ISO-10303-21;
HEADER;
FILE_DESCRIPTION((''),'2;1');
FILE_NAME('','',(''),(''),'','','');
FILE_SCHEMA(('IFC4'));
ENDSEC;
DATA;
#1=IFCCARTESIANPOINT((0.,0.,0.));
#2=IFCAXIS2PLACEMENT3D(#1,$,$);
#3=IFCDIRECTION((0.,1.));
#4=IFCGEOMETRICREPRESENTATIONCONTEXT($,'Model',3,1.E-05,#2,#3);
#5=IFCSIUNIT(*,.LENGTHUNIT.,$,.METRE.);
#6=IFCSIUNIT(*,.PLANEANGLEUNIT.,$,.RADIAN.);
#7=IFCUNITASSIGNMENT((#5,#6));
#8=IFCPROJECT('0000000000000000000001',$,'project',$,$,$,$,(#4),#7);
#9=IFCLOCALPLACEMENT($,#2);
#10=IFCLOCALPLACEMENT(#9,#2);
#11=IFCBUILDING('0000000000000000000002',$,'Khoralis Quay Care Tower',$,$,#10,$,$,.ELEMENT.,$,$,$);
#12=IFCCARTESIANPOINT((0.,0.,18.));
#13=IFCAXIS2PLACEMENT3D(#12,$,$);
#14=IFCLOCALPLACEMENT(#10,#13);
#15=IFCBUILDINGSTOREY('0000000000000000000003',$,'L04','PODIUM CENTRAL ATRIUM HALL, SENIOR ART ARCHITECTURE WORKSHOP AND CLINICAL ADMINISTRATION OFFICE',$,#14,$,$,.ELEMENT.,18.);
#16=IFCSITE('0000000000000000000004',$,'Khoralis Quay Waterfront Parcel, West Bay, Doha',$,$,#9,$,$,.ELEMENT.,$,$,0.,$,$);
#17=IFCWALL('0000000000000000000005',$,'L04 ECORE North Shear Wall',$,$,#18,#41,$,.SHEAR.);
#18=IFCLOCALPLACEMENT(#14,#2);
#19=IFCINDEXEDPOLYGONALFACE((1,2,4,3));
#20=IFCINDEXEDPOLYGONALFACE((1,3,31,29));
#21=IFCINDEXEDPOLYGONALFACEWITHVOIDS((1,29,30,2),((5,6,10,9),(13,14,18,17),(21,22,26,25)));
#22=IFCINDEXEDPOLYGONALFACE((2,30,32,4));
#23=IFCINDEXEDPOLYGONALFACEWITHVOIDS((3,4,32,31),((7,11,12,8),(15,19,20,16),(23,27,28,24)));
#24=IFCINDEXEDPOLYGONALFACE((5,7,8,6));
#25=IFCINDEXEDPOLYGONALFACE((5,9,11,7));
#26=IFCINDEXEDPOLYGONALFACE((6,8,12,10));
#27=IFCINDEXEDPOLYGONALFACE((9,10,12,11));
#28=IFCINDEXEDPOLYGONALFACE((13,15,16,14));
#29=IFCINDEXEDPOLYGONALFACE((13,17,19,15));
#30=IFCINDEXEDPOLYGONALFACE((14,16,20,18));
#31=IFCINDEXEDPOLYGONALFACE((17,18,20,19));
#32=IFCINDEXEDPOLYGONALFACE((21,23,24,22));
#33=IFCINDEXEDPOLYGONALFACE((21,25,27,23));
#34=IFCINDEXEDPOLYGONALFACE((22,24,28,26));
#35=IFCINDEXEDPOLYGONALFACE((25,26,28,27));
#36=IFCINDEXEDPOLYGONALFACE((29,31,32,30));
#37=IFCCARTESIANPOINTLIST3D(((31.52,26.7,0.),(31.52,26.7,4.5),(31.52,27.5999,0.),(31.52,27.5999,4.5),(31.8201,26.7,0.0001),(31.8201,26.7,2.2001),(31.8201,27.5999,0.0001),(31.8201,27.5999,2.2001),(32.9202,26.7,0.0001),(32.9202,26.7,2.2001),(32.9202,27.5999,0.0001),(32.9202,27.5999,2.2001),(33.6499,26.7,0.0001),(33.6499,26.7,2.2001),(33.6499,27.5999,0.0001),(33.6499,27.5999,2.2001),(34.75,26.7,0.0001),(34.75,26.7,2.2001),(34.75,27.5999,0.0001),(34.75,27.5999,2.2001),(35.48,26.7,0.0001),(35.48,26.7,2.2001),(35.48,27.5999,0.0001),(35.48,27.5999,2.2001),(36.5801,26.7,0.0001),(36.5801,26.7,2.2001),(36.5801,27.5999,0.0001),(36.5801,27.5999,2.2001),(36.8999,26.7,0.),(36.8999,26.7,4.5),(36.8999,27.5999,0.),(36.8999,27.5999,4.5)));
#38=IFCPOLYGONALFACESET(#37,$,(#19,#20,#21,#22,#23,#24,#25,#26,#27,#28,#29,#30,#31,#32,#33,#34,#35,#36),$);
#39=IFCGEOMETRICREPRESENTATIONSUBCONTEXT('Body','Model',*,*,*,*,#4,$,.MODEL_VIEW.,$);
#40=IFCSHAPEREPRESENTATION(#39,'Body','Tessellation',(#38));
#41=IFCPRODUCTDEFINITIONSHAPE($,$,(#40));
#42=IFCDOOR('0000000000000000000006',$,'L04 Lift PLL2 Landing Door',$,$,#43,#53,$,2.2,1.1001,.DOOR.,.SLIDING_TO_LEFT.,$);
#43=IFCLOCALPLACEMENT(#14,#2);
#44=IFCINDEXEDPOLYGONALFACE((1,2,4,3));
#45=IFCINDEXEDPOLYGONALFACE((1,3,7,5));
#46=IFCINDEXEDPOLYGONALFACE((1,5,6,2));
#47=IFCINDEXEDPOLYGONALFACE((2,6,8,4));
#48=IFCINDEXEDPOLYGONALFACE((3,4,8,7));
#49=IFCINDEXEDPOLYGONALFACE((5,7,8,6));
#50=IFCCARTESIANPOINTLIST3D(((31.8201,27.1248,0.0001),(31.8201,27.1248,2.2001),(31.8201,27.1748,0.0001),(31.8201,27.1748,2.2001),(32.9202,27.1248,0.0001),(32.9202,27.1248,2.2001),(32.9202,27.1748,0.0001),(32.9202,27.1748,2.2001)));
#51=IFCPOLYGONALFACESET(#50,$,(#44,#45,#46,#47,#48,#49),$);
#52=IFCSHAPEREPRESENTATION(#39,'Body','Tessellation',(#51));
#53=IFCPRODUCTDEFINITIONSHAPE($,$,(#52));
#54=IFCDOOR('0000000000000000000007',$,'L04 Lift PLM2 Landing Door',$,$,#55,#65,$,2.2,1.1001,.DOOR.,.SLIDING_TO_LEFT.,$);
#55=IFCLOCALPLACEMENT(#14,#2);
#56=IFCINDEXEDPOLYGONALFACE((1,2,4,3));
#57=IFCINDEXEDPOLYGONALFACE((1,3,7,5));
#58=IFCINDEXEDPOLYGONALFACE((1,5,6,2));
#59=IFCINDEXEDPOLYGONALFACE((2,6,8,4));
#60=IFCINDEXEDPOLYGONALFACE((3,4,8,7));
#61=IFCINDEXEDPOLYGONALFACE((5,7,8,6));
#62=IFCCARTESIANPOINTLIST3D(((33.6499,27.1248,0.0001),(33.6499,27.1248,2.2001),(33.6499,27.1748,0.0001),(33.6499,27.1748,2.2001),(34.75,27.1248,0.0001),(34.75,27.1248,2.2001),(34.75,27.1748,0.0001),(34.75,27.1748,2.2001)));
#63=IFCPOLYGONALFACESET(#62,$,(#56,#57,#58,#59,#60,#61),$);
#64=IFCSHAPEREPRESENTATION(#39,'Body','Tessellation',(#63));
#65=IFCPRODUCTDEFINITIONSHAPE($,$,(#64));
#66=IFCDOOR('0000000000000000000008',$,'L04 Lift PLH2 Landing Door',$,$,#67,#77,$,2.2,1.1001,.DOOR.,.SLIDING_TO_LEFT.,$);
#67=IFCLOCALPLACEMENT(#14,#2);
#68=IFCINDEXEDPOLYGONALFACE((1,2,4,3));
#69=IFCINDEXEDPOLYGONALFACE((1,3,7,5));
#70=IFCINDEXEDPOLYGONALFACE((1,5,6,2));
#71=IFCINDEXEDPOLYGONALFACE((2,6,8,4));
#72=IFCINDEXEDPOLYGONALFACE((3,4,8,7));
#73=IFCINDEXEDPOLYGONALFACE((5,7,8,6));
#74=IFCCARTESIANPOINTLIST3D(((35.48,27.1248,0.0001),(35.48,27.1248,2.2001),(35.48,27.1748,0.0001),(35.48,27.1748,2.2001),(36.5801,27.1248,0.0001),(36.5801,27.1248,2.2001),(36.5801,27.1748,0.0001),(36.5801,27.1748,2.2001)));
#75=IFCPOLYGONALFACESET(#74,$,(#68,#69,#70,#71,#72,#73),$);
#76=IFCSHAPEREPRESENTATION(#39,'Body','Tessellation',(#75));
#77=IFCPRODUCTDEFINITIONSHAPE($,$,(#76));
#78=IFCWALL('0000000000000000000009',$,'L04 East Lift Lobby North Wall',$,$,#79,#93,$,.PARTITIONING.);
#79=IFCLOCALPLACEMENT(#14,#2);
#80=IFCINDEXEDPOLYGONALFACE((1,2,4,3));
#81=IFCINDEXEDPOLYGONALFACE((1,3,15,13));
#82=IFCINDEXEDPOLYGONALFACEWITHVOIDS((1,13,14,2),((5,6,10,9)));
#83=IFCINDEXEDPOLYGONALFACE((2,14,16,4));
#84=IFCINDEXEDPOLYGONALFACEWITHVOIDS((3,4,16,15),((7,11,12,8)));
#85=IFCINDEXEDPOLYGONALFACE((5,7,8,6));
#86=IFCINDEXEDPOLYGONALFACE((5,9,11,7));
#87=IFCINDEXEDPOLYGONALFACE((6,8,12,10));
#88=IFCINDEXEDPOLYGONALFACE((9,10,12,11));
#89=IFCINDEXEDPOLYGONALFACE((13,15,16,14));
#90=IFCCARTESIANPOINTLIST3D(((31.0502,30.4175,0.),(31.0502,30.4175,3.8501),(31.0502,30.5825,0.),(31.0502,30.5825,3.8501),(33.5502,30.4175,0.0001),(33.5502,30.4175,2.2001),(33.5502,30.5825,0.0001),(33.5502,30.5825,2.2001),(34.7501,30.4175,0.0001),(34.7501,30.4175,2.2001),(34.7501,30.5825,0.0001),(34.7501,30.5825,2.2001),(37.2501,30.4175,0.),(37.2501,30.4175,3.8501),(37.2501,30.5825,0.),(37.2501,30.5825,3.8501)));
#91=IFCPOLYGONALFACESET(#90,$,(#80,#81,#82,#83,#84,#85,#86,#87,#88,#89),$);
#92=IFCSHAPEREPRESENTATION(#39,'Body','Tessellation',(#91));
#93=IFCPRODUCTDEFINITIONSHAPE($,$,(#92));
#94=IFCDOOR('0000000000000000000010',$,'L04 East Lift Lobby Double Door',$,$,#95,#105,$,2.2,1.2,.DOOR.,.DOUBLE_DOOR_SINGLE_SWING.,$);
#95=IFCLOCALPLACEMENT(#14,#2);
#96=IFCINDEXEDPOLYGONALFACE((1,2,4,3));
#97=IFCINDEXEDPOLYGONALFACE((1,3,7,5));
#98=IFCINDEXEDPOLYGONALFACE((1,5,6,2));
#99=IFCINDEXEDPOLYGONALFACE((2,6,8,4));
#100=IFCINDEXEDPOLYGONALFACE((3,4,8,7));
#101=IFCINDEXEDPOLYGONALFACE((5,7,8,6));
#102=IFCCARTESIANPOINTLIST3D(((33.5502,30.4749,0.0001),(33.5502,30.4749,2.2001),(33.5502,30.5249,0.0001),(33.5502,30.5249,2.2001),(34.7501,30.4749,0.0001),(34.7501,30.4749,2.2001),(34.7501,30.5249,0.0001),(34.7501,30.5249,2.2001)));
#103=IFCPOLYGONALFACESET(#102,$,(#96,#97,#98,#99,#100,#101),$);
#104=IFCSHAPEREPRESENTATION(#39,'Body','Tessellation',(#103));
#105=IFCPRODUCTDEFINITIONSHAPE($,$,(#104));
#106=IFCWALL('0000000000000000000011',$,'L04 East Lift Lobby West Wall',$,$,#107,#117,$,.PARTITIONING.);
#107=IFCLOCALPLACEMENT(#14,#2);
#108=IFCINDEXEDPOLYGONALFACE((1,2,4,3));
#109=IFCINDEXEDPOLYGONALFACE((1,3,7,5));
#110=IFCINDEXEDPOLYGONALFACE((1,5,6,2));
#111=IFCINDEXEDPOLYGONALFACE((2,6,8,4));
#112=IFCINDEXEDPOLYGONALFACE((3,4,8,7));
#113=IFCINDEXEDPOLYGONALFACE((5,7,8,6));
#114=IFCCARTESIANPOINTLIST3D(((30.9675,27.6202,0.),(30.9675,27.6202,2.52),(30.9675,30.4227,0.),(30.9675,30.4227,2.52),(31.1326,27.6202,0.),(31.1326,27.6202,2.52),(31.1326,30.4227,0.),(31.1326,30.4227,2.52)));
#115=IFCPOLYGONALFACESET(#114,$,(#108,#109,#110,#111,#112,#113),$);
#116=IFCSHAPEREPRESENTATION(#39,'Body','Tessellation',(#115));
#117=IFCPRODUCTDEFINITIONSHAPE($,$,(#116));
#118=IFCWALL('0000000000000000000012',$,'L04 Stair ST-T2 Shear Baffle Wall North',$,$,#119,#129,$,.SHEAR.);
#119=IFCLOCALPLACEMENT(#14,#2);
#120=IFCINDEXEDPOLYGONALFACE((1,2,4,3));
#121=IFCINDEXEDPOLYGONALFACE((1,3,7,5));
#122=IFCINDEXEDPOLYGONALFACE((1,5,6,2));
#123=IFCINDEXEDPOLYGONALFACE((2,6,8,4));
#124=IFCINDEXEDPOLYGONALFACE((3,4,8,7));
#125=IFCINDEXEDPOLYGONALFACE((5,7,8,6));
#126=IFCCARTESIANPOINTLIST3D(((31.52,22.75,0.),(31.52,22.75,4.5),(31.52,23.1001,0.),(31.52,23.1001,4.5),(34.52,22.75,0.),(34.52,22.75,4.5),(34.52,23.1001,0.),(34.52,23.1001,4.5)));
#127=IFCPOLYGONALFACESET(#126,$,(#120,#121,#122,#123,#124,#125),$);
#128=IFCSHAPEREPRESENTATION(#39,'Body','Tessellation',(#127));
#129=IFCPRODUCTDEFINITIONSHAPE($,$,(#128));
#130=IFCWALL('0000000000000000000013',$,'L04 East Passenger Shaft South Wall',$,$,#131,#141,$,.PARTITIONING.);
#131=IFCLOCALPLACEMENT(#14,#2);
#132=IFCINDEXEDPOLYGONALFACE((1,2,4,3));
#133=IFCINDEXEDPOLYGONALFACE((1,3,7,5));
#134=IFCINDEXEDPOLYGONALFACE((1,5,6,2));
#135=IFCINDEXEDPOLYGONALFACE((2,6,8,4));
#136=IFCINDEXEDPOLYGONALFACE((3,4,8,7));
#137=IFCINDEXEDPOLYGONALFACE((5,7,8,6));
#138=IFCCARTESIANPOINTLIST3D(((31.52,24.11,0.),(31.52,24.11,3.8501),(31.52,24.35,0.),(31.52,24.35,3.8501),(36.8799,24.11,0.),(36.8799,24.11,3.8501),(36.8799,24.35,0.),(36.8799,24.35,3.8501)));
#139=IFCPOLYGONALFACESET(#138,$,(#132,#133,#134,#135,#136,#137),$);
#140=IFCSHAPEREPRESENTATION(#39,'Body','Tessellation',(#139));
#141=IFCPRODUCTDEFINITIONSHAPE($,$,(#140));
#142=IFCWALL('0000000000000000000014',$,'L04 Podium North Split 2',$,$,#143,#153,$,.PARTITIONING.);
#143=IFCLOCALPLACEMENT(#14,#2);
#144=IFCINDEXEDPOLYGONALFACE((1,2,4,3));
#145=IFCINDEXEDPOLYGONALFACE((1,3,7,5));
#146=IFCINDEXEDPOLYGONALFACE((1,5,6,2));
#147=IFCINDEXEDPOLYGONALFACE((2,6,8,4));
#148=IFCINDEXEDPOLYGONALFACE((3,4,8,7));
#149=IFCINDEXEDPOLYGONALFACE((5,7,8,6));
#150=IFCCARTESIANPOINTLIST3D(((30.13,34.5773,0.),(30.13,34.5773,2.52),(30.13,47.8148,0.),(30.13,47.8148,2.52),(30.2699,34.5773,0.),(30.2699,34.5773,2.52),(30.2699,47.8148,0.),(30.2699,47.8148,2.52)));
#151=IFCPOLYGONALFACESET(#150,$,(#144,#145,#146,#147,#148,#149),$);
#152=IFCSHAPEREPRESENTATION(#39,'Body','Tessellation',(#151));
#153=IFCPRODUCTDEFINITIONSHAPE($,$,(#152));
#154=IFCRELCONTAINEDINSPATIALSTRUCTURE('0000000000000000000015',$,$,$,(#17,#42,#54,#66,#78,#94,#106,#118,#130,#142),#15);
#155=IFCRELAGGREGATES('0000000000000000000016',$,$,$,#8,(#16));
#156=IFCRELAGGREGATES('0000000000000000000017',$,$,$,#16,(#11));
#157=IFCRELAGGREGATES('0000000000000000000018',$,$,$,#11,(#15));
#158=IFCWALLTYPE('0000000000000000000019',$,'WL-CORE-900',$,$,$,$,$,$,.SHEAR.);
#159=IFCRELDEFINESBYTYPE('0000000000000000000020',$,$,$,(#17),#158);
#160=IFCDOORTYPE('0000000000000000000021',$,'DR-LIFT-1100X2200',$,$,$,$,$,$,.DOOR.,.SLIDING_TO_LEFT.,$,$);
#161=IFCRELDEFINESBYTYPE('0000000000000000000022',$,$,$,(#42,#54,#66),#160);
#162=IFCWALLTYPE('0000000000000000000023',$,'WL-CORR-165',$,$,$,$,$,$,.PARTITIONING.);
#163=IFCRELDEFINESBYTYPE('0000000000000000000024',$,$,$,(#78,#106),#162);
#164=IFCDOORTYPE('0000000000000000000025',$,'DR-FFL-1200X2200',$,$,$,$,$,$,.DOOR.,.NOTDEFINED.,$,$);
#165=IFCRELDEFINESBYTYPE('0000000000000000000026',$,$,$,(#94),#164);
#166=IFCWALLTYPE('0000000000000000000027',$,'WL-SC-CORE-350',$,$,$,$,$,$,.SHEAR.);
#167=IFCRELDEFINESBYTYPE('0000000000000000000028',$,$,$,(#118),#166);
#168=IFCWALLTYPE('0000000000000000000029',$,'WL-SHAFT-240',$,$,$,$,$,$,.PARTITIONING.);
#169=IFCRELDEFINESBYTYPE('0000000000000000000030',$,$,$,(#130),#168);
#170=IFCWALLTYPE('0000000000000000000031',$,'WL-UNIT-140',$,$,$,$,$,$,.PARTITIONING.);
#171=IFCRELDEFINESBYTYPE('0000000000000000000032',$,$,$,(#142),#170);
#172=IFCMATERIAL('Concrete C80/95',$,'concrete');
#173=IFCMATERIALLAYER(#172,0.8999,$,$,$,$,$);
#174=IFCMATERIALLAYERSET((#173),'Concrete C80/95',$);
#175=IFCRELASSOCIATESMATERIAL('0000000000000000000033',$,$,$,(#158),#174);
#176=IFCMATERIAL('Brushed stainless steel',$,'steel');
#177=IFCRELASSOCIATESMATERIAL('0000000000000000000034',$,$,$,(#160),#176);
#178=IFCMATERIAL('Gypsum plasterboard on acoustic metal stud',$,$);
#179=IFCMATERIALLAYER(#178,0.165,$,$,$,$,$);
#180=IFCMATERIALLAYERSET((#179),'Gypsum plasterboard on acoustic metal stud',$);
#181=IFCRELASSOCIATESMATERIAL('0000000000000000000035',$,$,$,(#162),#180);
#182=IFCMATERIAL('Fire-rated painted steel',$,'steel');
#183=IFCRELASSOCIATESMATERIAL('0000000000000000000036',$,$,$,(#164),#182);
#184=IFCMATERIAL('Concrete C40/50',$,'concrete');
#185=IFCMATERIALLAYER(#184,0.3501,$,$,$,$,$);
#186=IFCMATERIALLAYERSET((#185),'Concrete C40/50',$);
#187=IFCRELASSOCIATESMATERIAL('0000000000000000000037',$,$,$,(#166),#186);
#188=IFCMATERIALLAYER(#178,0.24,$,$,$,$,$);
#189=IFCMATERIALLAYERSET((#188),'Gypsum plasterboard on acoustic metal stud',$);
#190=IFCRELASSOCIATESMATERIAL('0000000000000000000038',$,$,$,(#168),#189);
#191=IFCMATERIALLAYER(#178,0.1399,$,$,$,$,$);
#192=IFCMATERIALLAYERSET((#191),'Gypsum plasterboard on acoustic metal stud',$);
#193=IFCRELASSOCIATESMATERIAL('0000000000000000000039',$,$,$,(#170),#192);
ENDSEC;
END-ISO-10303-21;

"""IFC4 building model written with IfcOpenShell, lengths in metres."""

from ifc_helpers import new_model, si_unit, direction, frame, frame_2d, origin, place, context, subcontext, project, spatial, rectangle, extrude, source, transform, mapped, material, layer, layer_set, type_object, element, fill, save


model = new_model("IFC4")

# Units and contexts
model_context = context("Model", 3, precision=1e-05, world=origin(), true_north=direction((0.0, 1.0)))
body_context = subcontext(model_context, "Body", "Model", "MODEL_VIEW")
ifc_project = project(units=[si_unit("LENGTHUNIT", "METRE"), si_unit("PLANEANGLEUNIT", "RADIAN")], contexts=[model_context])

# Site, building, storey
site_placement = place(None, origin())
site = spatial("IfcSite", under=ifc_project, at=site_placement, Name="Khoralis Quay Waterfront Parcel, West Bay, Doha", CompositionType="ELEMENT", RefElevation=0.0)
building_placement = place(site_placement, origin())
building = spatial("IfcBuilding", under=site, at=building_placement, Name="Khoralis Quay Care Tower", CompositionType="ELEMENT")
storey_placement = place(building_placement, frame((0.0, 0.0, 18.0)))
storey = spatial("IfcBuildingStorey", under=building, at=storey_placement, Name="L04", Description="PODIUM CENTRAL ATRIUM HALL, SENIOR ART ARCHITECTURE WORKSHOP AND CLINICAL ADMINISTRATION OFFICE", CompositionType="ELEMENT", Elevation=18.0)

# Shared definitions
ifc_material_1 = material(Name="Concrete C80/95", Category="concrete")

# Wall, openings, doors
ifc_layer_1 = layer(ifc_material_1, 0.8999)
ifc_layer_set_1 = layer_set([ifc_layer_1], Name="Concrete C80/95")
wall_type_1 = type_object("IfcWallType", Name="WL-CORE-900", PredefinedType="SHEAR", material=ifc_layer_set_1)
wall_1_placement = place(storey_placement, frame((31.52, 27.1499, 0.0), z_axis=(0.0, 0.0, 1.0), x_axis=(1.0, 0.0, 0.0)))
wall_1 = element("IfcWall", 1, at=wall_1_placement, inside=storey, type_object=wall_type_1, Name="L04 ECORE North Shear Wall", PredefinedType="SHEAR", context=body_context, shape_type="SweptSolid", body=[
    extrude(rectangle(XDim=5.3799, YDim=0.8999, at=frame_2d((2.6899, 0.0))), origin(), (0.0, 0.0, 1.0), 4.5),
])
opening_1_placement = place(wall_1_placement, frame((0.3, 0.0, 0.0)))
opening_1 = element("IfcOpeningElement", 2, at=opening_1_placement, cuts=wall_1, PredefinedType="OPENING", context=body_context, shape_type="SweptSolid", body=[
    extrude(rectangle(XDim=1.1001, YDim=2.2, at=frame_2d((0.55, 1.1001))), frame((0.0, 0.46, 0.0), z_axis=(0.0, -1.0, 0.0), x_axis=(1.0, 0.0, 0.0)), (0.0, 0.0, 1.0), 0.9199),
])
opening_2_placement = place(wall_1_placement, frame((2.1299, 0.0, 0.0)))
opening_2 = element("IfcOpeningElement", 3, at=opening_2_placement, cuts=wall_1, PredefinedType="OPENING", context=body_context, shape_type="SweptSolid", body=[
    extrude(rectangle(XDim=1.1001, YDim=2.2, at=frame_2d((0.55, 1.1001))), frame((0.0, 0.46, 0.0), z_axis=(0.0, -1.0, 0.0), x_axis=(1.0, 0.0, 0.0)), (0.0, 0.0, 1.0), 0.9199),
])
opening_3_placement = place(wall_1_placement, frame((3.96, 0.0, 0.0)))
opening_3 = element("IfcOpeningElement", 4, at=opening_3_placement, cuts=wall_1, PredefinedType="OPENING", context=body_context, shape_type="SweptSolid", body=[
    extrude(rectangle(XDim=1.1001, YDim=2.2, at=frame_2d((0.55, 1.1001))), frame((0.0, 0.46, 0.0), z_axis=(0.0, -1.0, 0.0), x_axis=(1.0, 0.0, 0.0)), (0.0, 0.0, 1.0), 0.9199),
])
ifc_material_2 = material(Name="Brushed stainless steel", Category="steel")
door_type_1 = type_object("IfcDoorType", Name="DR-LIFT-1100X2200", OperationType="SLIDING_TO_LEFT", PredefinedType="DOOR", material=ifc_material_2)
shared_shape_1 = source(origin(), body_context, "Body", "SweptSolid", [
    extrude(rectangle(XDim=1.1001, YDim=2.2, at=frame_2d((0.55, 1.1001))), frame((0.0, 0.0249, 0.0), z_axis=(0.0, -1.0, 0.0), x_axis=(1.0, 0.0, 0.0)), (0.0, 0.0, 1.0), 0.05),
])
door_1_placement = place(opening_1_placement, origin())
door_1 = element("IfcDoor", 5, at=door_1_placement, inside=storey, type_object=door_type_1, Name="L04 Lift PLL2 Landing Door", OperationType="SLIDING_TO_LEFT", OverallHeight=2.2, OverallWidth=1.1001, PredefinedType="DOOR", context=body_context, shape_type="MappedRepresentation", body=[
    mapped(shared_shape_1, transform((0.0, 0.0, 0.0), scale=1.0)),
])
fill(opening_1, door_1)
door_2_placement = place(opening_2_placement, origin())
door_2 = element("IfcDoor", 6, at=door_2_placement, inside=storey, type_object=door_type_1, Name="L04 Lift PLM2 Landing Door", OperationType="SLIDING_TO_LEFT", OverallHeight=2.2, OverallWidth=1.1001, PredefinedType="DOOR", context=body_context, shape_type="MappedRepresentation", body=[
    mapped(shared_shape_1, transform((0.0, 0.0, 0.0), scale=1.0)),
])
fill(opening_2, door_2)
door_3_placement = place(opening_3_placement, origin())
door_3 = element("IfcDoor", 7, at=door_3_placement, inside=storey, type_object=door_type_1, Name="L04 Lift PLH2 Landing Door", OperationType="SLIDING_TO_LEFT", OverallHeight=2.2, OverallWidth=1.1001, PredefinedType="DOOR", context=body_context, shape_type="MappedRepresentation", body=[
    mapped(shared_shape_1, transform((0.0, 0.0, 0.0), scale=1.0)),
])
fill(opening_3, door_3)

# Wall, opening, door
ifc_material_3 = material(Name="Gypsum plasterboard on acoustic metal stud")
ifc_layer_2 = layer(ifc_material_3, 0.165)
ifc_layer_set_2 = layer_set([ifc_layer_2], Name="Gypsum plasterboard on acoustic metal stud")
wall_type_2 = type_object("IfcWallType", Name="WL-CORR-165", PredefinedType="PARTITIONING", material=ifc_layer_set_2)
wall_2_placement = place(storey_placement, frame((31.05, 30.5, 0.0), z_axis=(0.0, 0.0, 1.0), x_axis=(1.0, 0.0, 0.0)))
wall_2 = element("IfcWall", 8, at=wall_2_placement, inside=storey, type_object=wall_type_2, Name="L04 East Lift Lobby North Wall", PredefinedType="PARTITIONING", context=body_context, shape_type="SweptSolid", body=[
    extrude(rectangle(XDim=6.2, YDim=0.165, at=frame_2d((3.1001, 0.0))), origin(), (0.0, 0.0, 1.0), 3.8501),
])
opening_4_placement = place(wall_2_placement, frame((2.5, 0.0, 0.0)))
opening_4 = element("IfcOpeningElement", 9, at=opening_4_placement, cuts=wall_2, PredefinedType="OPENING", context=body_context, shape_type="SweptSolid", body=[
    extrude(rectangle(XDim=1.2, YDim=2.2, at=frame_2d((0.6001, 1.1001))), frame((0.0, 0.0925, 0.0), z_axis=(0.0, -1.0, 0.0), x_axis=(1.0, 0.0, 0.0)), (0.0, 0.0, 1.0), 0.1851),
])
ifc_material_4 = material(Name="Fire-rated painted steel", Category="steel")
door_type_2 = type_object("IfcDoorType", Name="DR-FFL-1200X2200", OperationType="NOTDEFINED", PredefinedType="DOOR", material=ifc_material_4)
shared_shape_2 = source(origin(), body_context, "Body", "SweptSolid", [
    extrude(rectangle(XDim=1.2, YDim=2.2, at=frame_2d((0.6001, 1.1001))), frame((0.0, 0.0249, 0.0), z_axis=(0.0, -1.0, 0.0), x_axis=(1.0, 0.0, 0.0)), (0.0, 0.0, 1.0), 0.05),
])
door_4_placement = place(opening_4_placement, origin())
door_4 = element("IfcDoor", 10, at=door_4_placement, inside=storey, type_object=door_type_2, Name="L04 East Lift Lobby Double Door", OperationType="DOUBLE_DOOR_SINGLE_SWING", OverallHeight=2.2, OverallWidth=1.2, PredefinedType="DOOR", context=body_context, shape_type="MappedRepresentation", body=[
    mapped(shared_shape_2, transform((0.0, 0.0, 0.0), scale=1.0)),
])
fill(opening_4, door_4)

# Walls
wall_3_placement = place(storey_placement, frame((31.05, 27.6201, 0.0), z_axis=(0.0, 0.0, 1.0), x_axis=(0.0, 1.0, 0.0)))
element("IfcWall", 11, at=wall_3_placement, inside=storey, type_object=wall_type_2, Name="L04 East Lift Lobby West Wall", PredefinedType="PARTITIONING", context=body_context, shape_type="SweptSolid", body=[
    extrude(rectangle(XDim=2.8025, YDim=0.165, at=frame_2d((1.4014, 0.0))), origin(), (0.0, 0.0, 1.0), 2.52),
])
ifc_material_5 = material(Name="Concrete C40/50", Category="concrete")
ifc_layer_3 = layer(ifc_material_5, 0.3501)
ifc_layer_set_3 = layer_set([ifc_layer_3], Name="Concrete C40/50")
wall_type_3 = type_object("IfcWallType", Name="WL-SC-CORE-350", PredefinedType="SHEAR", material=ifc_layer_set_3)
wall_4_placement = place(storey_placement, frame((31.52, 22.925, 0.0), z_axis=(0.0, 0.0, 1.0), x_axis=(1.0, 0.0, 0.0)))
element("IfcWall", 12, at=wall_4_placement, inside=storey, type_object=wall_type_3, Name="L04 Stair ST-T2 Shear Baffle Wall North", PredefinedType="SHEAR", context=body_context, shape_type="SweptSolid", body=[
    extrude(rectangle(XDim=3.0, YDim=0.3501, at=frame_2d((1.5, 0.0))), origin(), (0.0, 0.0, 1.0), 4.5),
])
ifc_layer_4 = layer(ifc_material_3, 0.24)
ifc_layer_set_4 = layer_set([ifc_layer_4], Name="Gypsum plasterboard on acoustic metal stud")
wall_type_4 = type_object("IfcWallType", Name="WL-SHAFT-240", PredefinedType="PARTITIONING", material=ifc_layer_set_4)
wall_5_placement = place(storey_placement, frame((31.52, 24.23, 0.0), z_axis=(0.0, 0.0, 1.0), x_axis=(1.0, 0.0, 0.0)))
element("IfcWall", 13, at=wall_5_placement, inside=storey, type_object=wall_type_4, Name="L04 East Passenger Shaft South Wall", PredefinedType="PARTITIONING", context=body_context, shape_type="SweptSolid", body=[
    extrude(rectangle(XDim=5.3599, YDim=0.24, at=frame_2d((2.6799, 0.0))), origin(), (0.0, 0.0, 1.0), 3.8501),
])
ifc_layer_5 = layer(ifc_material_3, 0.1399)
ifc_layer_set_5 = layer_set([ifc_layer_5], Name="Gypsum plasterboard on acoustic metal stud")
wall_type_5 = type_object("IfcWallType", Name="WL-UNIT-140", PredefinedType="PARTITIONING", material=ifc_layer_set_5)
wall_6_placement = place(storey_placement, frame((30.2, 34.5774, 0.0), z_axis=(0.0, 0.0, 1.0), x_axis=(0.0, 1.0, 0.0)))
element("IfcWall", 14, at=wall_6_placement, inside=storey, type_object=wall_type_5, Name="L04 Podium North Split 2", PredefinedType="PARTITIONING", context=body_context, shape_type="SweptSolid", body=[
    extrude(rectangle(XDim=13.2375, YDim=0.1399, at=frame_2d((6.6187, 0.0))), origin(), (0.0, 0.0, 1.0), 2.52),
])

save(model, "model.ifc")
